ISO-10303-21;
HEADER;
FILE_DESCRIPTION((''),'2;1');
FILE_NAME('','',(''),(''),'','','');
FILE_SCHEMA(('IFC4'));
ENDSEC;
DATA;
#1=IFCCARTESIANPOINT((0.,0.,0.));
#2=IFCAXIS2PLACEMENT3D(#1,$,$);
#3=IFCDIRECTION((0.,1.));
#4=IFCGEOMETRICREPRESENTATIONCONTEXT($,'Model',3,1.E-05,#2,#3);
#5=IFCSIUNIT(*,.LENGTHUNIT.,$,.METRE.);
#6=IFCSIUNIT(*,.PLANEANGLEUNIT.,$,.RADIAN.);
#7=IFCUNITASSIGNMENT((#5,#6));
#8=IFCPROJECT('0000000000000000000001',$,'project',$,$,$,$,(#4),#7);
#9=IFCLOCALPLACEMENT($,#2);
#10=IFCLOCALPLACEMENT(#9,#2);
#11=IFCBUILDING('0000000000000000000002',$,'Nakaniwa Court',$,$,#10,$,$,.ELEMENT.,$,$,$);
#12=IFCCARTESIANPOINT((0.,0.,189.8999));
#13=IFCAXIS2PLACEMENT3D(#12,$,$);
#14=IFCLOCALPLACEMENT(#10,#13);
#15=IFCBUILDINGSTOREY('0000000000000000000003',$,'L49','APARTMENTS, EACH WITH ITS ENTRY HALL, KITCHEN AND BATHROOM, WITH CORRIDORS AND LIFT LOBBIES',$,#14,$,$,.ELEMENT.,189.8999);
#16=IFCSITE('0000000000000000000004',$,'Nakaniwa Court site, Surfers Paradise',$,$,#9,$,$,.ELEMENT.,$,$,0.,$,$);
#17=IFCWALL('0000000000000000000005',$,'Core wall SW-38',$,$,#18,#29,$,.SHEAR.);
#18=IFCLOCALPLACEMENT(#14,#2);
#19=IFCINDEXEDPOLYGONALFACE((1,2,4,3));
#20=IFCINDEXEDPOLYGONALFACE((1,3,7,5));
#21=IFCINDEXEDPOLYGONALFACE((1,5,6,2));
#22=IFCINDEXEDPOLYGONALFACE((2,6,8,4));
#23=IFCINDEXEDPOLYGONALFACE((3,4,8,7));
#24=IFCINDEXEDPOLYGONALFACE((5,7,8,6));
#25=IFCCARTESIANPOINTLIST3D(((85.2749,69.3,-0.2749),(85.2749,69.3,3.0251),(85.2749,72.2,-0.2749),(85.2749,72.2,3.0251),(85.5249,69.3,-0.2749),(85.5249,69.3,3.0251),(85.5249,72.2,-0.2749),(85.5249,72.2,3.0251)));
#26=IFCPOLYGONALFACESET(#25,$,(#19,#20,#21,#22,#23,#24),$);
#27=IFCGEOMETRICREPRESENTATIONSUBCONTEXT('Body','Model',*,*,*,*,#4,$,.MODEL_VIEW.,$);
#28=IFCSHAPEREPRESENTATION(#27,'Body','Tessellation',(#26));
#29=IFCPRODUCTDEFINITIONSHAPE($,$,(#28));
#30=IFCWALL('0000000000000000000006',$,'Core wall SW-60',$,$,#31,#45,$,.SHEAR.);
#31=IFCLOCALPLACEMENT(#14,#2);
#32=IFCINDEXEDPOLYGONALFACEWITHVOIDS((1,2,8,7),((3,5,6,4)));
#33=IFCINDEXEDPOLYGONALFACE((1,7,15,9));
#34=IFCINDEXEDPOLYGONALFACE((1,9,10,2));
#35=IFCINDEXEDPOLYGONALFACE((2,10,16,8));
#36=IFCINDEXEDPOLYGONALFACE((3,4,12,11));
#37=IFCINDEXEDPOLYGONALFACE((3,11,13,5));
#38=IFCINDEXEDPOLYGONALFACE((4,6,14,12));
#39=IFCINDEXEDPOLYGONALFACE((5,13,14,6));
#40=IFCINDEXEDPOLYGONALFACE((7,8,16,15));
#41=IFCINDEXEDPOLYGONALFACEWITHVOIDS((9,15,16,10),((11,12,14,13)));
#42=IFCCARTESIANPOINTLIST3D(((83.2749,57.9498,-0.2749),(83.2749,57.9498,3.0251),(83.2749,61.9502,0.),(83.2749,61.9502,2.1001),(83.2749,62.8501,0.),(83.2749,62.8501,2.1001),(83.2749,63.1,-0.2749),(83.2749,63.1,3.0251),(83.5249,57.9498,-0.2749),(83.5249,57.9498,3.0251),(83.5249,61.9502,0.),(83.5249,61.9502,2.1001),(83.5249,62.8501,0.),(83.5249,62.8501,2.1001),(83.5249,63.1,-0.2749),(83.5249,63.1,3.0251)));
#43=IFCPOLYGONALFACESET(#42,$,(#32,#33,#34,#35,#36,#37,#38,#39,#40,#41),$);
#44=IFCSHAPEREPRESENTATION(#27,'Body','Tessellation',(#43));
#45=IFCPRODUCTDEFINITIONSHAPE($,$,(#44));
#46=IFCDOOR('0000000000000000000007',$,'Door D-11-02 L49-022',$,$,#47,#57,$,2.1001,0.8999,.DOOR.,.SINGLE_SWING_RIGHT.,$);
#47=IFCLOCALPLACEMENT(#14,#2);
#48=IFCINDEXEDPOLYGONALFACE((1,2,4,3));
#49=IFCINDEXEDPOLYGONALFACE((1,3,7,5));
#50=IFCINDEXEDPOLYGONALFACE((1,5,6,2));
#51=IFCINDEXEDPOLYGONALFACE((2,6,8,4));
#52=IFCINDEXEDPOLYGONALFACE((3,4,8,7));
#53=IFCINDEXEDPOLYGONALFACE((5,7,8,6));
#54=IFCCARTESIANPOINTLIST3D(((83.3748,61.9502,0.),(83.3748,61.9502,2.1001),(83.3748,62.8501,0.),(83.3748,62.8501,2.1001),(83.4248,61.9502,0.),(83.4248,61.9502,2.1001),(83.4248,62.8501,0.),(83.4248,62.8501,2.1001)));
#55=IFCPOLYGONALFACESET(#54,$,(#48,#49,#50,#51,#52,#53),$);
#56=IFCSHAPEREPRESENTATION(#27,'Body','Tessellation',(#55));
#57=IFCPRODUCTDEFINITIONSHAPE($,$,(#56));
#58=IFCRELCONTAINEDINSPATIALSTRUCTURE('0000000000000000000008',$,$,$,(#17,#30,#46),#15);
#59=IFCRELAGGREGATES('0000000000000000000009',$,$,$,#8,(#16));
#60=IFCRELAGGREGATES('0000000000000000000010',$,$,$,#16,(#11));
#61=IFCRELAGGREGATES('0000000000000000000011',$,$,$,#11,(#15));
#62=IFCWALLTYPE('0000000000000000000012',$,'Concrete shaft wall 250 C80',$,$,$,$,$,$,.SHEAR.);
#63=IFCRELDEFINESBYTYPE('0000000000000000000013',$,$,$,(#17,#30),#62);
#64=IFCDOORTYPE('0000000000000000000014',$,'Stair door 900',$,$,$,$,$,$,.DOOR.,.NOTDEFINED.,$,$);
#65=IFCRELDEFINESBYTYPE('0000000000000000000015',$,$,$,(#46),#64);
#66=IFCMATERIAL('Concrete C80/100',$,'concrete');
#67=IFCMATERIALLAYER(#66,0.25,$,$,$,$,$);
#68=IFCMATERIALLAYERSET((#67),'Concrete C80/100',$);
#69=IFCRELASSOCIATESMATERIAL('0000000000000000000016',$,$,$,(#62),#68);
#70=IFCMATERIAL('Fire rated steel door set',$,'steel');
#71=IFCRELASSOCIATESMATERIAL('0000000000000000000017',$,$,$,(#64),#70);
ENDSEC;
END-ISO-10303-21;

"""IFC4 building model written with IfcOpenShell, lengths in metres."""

from ifc_helpers import new_model, si_unit, direction, frame, frame_2d, origin, place, context, subcontext, project, spatial, rectangle, extrude, material, layer, layer_set, type_object, element, fill, save


model = new_model("IFC4")

# Units and contexts
model_context = context("Model", 3, precision=1e-05, world=origin(), true_north=direction((0.0, 1.0)))
body_context = subcontext(model_context, "Body", "Model", "MODEL_VIEW")
ifc_project = project(units=[si_unit("LENGTHUNIT", "METRE"), si_unit("PLANEANGLEUNIT", "RADIAN")], contexts=[model_context])

# Site, building, storey
site_placement = place(None, origin())
site = spatial("IfcSite", under=ifc_project, at=site_placement, Name="Nakaniwa Court site, Surfers Paradise", CompositionType="ELEMENT", RefElevation=0.0)
building_placement = place(site_placement, origin())
building = spatial("IfcBuilding", under=site, at=building_placement, Name="Nakaniwa Court", CompositionType="ELEMENT")
storey_placement = place(building_placement, frame((0.0, 0.0, 189.8999)))
storey = spatial("IfcBuildingStorey", under=building, at=storey_placement, Name="L49", Description="APARTMENTS, EACH WITH ITS ENTRY HALL, KITCHEN AND BATHROOM, WITH CORRIDORS AND LIFT LOBBIES", CompositionType="ELEMENT", Elevation=189.8999)

# Shared definitions
ifc_material_1 = material(Name="Fire rated steel door set", Category="steel")
ifc_material_2 = material(Name="Concrete C80/100", Category="concrete")

# Wall
ifc_layer_1 = layer(ifc_material_2, 0.25)
ifc_layer_set_1 = layer_set([ifc_layer_1], Name="Concrete C80/100")
wall_type_1 = type_object("IfcWallType", Name="Concrete shaft wall 250 C80", PredefinedType="SHEAR", material=ifc_layer_set_1)
wall_1_placement = place(storey_placement, frame((85.3999, 69.3, -0.2749), z_axis=(0.0, 0.0, 1.0), x_axis=(0.0, 1.0, 0.0)))
element("IfcWall", 1, at=wall_1_placement, inside=storey, type_object=wall_type_1, Name="Core wall SW-38", PredefinedType="SHEAR", context=body_context, shape_type="SweptSolid", body=[
    extrude(rectangle(XDim=2.8999, YDim=0.25, at=frame_2d((1.45, 0.0))), origin(), (0.0, 0.0, 1.0), 3.3),
])

# Wall, opening, door
wall_2_placement = place(storey_placement, frame((83.3999, 63.1001, -0.2749), z_axis=(0.0, 0.0, 1.0), x_axis=(0.0, -1.0, 0.0)))
wall_2 = element("IfcWall", 2, at=wall_2_placement, inside=storey, type_object=wall_type_1, Name="Core wall SW-60", PredefinedType="SHEAR", context=body_context, shape_type="SweptSolid", body=[
    extrude(rectangle(XDim=5.1501, YDim=0.25, at=frame_2d((2.5752, 0.0))), origin(), (0.0, 0.0, 1.0), 3.3),
])
opening_1_placement = place(wall_2_placement, frame((0.25, 0.0, 0.2749)))
opening_1 = element("IfcOpeningElement", 3, at=opening_1_placement, cuts=wall_2, PredefinedType="OPENING", context=body_context, shape_type="SweptSolid", body=[
    extrude(rectangle(XDim=0.8999, YDim=2.1001, at=frame_2d((0.45, 1.05))), frame((0.0, 0.135, 0.0), z_axis=(0.0, -1.0, 0.0), x_axis=(1.0, 0.0, 0.0)), (0.0, 0.0, 1.0), 0.27),
])
door_type_1 = type_object("IfcDoorType", Name="Stair door 900", OperationType="NOTDEFINED", PredefinedType="DOOR", material=ifc_material_1)
door_1_placement = place(opening_1_placement, origin())
door_1 = element("IfcDoor", 4, at=door_1_placement, inside=storey, type_object=door_type_1, Name="Door D-11-02 L49-022", OperationType="SINGLE_SWING_RIGHT", OverallHeight=2.1001, OverallWidth=0.8999, PredefinedType="DOOR", context=body_context, shape_type="SweptSolid", body=[
    extrude(rectangle(XDim=0.8999, YDim=2.1001, at=frame_2d((0.45, 1.05))), frame((0.0, 0.0249, 0.0), z_axis=(0.0, -1.0, 0.0), x_axis=(1.0, 0.0, 0.0)), (0.0, 0.0, 1.0), 0.05),
])
fill(opening_1, door_1)

save(model, "model.ifc")
